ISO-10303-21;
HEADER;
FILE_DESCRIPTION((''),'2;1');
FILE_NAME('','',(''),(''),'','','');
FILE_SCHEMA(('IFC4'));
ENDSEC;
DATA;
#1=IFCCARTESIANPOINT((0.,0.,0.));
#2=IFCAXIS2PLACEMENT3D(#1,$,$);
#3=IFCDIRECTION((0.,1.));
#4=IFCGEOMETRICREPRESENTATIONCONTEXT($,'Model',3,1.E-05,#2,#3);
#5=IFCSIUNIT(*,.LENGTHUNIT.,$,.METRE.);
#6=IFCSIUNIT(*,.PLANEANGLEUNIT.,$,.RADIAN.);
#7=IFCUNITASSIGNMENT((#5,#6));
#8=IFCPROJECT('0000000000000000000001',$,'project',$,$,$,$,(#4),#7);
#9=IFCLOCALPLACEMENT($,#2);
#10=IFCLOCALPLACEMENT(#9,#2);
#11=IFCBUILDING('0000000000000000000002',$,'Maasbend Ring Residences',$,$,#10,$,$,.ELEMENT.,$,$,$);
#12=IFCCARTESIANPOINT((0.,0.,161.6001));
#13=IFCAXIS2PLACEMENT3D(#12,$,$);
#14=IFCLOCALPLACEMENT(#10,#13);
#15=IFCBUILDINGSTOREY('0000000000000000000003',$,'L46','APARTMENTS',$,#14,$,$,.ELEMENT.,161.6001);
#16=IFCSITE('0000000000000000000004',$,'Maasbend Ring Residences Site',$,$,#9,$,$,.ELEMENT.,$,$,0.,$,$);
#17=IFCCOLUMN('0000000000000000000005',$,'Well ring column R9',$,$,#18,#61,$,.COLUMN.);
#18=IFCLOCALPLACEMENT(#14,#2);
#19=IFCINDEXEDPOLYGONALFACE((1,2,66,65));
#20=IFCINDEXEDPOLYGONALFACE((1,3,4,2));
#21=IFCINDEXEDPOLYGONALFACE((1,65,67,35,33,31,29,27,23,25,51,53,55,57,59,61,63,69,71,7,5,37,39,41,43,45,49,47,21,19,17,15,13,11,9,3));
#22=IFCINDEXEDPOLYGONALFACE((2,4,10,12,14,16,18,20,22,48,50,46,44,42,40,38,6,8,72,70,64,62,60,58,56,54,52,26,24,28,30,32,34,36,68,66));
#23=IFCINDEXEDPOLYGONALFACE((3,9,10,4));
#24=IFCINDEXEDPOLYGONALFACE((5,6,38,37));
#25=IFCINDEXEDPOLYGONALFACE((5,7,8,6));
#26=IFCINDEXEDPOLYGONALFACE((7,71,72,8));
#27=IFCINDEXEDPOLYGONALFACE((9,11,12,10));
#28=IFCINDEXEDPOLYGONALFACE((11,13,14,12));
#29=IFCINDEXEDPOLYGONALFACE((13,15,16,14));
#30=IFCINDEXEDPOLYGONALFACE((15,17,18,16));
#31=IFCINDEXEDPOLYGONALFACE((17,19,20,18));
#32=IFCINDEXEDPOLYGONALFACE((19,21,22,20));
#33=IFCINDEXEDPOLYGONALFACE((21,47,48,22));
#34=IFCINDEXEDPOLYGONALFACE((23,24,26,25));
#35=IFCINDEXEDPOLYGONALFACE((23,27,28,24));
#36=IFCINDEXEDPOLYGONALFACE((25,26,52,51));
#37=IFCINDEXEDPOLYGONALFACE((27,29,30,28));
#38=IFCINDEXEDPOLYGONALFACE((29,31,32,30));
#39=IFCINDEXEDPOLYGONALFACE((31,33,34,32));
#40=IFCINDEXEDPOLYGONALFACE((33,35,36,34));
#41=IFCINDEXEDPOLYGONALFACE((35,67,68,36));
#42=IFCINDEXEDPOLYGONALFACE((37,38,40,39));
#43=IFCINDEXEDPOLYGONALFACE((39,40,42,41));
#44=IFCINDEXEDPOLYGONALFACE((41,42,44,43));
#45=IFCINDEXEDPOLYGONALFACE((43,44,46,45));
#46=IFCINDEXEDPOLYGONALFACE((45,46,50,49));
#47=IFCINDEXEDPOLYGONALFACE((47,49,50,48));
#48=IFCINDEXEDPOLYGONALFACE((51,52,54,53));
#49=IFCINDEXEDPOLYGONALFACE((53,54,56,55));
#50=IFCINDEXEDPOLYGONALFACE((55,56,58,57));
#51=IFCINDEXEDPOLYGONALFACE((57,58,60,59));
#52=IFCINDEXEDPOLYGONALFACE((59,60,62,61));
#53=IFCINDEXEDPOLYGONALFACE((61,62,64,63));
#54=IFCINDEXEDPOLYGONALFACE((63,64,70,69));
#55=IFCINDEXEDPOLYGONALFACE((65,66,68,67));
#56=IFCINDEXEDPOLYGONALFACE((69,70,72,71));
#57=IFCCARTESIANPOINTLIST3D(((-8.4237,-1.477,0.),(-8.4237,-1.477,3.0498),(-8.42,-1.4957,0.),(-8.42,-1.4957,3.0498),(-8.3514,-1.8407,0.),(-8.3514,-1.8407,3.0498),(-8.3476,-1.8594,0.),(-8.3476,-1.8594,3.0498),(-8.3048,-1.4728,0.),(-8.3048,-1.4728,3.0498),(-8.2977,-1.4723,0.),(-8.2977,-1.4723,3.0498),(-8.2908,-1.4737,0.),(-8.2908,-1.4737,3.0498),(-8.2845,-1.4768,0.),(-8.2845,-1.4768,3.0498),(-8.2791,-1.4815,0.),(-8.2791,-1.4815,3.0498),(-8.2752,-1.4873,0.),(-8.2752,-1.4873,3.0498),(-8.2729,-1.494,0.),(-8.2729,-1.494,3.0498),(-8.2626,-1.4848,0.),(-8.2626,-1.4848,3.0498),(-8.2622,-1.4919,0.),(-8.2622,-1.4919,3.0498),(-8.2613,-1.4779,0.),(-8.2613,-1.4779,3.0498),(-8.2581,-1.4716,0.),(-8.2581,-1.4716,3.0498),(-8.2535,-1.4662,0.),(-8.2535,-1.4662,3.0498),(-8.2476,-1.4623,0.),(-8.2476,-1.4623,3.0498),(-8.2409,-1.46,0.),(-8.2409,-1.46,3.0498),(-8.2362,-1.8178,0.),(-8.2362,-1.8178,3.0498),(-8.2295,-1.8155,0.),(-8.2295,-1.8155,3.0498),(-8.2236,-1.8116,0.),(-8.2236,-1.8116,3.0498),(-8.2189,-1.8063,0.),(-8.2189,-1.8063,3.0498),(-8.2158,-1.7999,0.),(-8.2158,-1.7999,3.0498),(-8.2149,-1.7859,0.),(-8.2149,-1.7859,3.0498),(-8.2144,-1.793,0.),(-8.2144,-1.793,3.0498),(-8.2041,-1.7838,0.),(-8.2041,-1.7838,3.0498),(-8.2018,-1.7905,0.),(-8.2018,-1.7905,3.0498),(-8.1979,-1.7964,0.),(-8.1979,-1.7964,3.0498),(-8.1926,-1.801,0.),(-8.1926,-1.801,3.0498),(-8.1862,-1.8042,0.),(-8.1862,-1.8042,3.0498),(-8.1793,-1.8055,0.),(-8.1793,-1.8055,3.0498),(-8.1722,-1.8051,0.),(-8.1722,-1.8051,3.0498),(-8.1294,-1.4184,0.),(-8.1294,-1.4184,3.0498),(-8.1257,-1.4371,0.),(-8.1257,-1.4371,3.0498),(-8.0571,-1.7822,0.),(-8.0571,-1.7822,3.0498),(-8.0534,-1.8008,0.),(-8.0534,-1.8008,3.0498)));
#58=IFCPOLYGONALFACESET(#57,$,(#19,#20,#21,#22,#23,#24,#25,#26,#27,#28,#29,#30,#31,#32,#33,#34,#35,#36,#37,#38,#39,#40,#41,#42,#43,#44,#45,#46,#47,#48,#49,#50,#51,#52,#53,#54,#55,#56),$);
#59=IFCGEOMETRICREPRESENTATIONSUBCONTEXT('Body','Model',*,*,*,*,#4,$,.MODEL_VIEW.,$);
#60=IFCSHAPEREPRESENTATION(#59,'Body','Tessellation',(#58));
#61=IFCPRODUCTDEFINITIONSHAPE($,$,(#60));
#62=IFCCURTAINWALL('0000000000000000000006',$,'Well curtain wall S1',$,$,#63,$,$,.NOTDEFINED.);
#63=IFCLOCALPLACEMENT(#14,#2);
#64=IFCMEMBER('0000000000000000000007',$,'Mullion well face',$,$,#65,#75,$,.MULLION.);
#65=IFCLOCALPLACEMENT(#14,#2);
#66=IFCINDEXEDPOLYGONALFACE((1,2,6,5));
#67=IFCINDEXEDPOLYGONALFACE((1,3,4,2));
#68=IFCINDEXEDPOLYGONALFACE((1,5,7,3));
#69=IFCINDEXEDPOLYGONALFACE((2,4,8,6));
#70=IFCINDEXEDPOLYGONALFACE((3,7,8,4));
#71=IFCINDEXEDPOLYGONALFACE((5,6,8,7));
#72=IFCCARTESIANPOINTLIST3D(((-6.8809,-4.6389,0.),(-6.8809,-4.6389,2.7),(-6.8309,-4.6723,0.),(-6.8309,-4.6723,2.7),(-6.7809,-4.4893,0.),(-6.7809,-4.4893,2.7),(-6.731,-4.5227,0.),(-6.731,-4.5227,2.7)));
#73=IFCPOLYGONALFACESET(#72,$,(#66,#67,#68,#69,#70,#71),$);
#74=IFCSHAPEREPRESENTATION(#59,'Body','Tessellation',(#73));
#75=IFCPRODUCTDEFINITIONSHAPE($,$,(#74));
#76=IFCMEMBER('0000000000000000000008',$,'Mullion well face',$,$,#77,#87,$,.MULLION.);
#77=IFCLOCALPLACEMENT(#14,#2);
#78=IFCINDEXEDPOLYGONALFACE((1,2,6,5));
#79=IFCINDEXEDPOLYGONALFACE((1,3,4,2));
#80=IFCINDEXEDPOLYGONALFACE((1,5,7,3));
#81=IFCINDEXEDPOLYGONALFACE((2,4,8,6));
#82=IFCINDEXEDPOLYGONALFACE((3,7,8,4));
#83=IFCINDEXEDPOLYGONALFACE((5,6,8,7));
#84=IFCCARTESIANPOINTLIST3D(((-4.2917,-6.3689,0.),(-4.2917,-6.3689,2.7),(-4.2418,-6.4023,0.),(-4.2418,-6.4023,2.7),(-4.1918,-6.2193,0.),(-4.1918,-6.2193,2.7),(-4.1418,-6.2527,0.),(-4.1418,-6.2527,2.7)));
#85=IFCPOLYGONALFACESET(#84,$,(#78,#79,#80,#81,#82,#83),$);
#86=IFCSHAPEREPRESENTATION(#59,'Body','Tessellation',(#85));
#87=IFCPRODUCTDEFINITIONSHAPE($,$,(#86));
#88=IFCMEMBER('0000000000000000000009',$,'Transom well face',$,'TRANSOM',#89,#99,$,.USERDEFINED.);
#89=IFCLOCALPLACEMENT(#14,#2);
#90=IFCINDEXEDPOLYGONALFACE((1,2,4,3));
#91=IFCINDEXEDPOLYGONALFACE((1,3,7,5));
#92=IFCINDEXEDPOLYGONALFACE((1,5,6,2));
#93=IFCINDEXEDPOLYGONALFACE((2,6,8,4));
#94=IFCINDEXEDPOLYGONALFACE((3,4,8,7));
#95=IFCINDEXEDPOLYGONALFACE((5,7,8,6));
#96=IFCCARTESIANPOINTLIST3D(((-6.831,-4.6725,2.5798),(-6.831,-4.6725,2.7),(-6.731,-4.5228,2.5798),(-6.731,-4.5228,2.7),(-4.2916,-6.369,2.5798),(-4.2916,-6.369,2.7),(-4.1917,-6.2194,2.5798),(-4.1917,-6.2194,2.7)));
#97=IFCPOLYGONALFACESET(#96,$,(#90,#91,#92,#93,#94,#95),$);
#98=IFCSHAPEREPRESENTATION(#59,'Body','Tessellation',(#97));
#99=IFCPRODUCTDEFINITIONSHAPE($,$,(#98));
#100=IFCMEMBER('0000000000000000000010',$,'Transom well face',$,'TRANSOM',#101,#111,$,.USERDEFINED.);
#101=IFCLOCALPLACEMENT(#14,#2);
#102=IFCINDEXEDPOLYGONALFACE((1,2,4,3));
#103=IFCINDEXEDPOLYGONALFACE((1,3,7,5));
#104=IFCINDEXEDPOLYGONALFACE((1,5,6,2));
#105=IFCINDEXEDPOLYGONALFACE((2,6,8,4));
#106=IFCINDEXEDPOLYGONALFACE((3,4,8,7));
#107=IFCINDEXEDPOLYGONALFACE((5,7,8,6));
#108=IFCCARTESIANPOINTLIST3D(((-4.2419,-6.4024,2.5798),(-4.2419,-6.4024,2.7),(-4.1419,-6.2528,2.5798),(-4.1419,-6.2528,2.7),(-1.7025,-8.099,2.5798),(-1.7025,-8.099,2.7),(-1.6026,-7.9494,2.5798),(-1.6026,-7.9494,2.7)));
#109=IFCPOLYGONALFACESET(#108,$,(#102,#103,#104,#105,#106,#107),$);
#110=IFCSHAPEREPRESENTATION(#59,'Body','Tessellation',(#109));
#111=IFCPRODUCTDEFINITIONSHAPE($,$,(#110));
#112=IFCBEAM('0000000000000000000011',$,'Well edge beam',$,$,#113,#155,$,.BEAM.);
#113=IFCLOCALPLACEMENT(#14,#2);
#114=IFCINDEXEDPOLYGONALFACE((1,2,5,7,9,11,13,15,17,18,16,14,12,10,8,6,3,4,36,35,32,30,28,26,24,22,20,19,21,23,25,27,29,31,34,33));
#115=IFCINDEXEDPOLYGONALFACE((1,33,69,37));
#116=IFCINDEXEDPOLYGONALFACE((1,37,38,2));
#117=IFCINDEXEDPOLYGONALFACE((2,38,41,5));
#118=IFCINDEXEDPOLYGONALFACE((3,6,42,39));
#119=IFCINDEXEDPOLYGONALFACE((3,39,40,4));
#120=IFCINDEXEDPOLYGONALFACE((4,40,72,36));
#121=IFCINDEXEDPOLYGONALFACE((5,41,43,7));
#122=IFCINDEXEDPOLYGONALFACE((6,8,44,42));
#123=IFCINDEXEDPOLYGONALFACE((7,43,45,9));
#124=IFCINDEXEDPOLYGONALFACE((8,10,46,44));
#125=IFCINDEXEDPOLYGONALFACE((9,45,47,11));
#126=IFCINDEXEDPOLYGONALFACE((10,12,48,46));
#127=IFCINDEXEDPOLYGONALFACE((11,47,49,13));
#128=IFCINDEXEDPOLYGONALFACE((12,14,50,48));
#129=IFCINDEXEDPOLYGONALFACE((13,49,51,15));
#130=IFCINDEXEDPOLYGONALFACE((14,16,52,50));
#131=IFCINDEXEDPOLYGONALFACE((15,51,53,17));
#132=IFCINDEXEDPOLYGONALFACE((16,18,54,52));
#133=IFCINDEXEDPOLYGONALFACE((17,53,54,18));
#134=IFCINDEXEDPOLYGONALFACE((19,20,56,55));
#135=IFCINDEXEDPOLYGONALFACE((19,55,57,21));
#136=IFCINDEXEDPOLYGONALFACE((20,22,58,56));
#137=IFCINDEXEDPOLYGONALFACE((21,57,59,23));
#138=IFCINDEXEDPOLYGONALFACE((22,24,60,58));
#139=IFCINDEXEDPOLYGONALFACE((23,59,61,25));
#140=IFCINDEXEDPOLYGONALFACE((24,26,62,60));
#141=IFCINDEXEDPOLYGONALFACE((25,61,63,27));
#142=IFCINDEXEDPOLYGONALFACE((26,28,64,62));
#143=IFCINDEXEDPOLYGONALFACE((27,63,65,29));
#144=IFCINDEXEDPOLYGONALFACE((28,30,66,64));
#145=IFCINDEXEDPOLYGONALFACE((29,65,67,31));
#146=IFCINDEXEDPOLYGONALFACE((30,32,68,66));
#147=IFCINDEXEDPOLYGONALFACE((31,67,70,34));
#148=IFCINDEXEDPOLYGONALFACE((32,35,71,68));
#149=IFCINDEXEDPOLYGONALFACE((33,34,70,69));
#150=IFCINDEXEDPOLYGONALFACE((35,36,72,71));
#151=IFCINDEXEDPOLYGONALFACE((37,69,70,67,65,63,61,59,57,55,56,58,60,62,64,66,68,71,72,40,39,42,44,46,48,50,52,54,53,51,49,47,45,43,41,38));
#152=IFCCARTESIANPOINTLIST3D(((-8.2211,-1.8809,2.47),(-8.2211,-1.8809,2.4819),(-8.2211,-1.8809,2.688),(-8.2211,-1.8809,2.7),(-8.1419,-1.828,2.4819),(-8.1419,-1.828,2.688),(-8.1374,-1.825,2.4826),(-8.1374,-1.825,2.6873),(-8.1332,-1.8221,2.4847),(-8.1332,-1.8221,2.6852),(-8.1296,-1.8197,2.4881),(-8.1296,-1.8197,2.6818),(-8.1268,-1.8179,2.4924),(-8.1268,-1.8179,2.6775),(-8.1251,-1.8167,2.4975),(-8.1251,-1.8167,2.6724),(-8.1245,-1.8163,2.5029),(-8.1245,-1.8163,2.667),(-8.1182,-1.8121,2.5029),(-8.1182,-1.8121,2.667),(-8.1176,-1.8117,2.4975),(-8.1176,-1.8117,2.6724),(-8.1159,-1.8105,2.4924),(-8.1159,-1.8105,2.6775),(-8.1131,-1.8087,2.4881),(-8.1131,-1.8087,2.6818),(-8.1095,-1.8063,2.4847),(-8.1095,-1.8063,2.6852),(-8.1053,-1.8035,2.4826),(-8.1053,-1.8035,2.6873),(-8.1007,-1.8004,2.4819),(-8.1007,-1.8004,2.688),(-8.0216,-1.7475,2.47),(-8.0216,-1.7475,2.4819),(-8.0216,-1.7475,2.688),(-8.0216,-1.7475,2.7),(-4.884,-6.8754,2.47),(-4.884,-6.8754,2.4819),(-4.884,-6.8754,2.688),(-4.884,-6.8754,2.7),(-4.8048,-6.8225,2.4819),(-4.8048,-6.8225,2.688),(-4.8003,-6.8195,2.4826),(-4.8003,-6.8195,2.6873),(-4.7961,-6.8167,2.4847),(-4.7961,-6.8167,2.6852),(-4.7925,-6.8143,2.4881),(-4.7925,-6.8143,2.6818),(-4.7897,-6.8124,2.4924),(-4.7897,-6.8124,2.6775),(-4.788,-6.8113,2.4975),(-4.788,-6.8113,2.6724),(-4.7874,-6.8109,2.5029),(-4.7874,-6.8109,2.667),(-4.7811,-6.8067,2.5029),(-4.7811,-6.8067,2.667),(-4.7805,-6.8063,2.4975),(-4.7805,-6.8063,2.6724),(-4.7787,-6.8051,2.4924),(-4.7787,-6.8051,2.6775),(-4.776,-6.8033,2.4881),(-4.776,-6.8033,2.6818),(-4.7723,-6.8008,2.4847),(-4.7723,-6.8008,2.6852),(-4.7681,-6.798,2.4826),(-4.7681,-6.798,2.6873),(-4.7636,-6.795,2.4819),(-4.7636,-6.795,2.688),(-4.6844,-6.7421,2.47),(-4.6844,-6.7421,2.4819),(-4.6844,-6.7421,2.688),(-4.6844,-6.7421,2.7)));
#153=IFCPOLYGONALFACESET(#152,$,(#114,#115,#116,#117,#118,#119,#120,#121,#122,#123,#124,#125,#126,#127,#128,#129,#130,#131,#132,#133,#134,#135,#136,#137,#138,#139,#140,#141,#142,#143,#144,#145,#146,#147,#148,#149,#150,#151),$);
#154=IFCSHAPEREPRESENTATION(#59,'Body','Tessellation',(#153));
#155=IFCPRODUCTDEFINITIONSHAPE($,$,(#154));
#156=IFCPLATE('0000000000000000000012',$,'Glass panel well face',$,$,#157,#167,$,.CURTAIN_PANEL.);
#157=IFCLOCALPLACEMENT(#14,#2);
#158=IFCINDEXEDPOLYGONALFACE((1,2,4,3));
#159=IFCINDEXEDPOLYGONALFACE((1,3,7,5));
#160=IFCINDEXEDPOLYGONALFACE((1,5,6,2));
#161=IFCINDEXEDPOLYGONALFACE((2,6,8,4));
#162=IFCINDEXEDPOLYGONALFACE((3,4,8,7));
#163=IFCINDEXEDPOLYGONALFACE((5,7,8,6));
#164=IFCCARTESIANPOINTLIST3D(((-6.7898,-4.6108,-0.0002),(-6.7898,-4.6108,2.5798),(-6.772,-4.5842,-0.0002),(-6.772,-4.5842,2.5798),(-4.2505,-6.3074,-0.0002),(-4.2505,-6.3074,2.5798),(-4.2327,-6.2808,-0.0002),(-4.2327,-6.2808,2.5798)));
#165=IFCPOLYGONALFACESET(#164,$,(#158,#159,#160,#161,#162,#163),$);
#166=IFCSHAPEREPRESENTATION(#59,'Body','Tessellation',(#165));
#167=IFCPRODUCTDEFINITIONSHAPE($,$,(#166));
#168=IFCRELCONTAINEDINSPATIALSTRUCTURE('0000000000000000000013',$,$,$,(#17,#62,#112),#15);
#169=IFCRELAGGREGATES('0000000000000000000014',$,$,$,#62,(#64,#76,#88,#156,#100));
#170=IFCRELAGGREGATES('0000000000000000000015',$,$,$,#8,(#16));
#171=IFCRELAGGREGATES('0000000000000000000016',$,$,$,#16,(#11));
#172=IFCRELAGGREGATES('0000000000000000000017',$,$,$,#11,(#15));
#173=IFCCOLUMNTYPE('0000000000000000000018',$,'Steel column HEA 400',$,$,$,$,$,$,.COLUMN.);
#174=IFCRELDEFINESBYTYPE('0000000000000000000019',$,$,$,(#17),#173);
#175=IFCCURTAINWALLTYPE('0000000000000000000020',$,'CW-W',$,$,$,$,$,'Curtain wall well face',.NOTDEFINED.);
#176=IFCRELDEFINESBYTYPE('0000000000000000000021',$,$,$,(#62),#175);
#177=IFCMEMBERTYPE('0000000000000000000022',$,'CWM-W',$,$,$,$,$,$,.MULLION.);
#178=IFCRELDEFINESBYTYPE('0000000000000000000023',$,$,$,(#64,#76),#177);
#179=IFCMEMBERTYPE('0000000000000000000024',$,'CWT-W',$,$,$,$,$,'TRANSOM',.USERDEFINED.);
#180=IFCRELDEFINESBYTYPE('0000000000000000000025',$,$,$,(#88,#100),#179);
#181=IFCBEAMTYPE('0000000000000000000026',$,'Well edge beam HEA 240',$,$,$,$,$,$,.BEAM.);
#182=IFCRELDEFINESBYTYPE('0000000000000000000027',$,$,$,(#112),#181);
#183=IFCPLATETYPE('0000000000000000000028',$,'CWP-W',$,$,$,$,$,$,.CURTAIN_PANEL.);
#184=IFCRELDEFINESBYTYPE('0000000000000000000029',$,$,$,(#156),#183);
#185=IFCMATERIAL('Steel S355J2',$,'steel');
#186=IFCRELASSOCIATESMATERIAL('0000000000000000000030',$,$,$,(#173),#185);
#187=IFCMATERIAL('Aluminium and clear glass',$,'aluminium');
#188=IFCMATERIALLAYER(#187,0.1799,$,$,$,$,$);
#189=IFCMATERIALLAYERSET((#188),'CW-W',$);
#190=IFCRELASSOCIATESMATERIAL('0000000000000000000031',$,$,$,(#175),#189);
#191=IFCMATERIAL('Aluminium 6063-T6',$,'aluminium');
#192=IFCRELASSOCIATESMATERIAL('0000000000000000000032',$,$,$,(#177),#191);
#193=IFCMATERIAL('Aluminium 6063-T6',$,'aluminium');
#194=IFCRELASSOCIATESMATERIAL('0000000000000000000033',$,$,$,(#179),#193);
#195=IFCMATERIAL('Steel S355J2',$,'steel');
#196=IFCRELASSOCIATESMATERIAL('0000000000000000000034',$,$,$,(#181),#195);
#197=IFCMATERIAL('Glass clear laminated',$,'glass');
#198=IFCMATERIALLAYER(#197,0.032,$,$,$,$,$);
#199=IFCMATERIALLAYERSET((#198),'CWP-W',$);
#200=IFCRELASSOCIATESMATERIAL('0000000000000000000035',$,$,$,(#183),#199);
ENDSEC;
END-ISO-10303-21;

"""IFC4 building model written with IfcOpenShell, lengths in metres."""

from ifc_helpers import new_model, si_unit, direction, frame, origin, origin_2d, place, context, subcontext, project, spatial, rectangle, i_section, extrude, material, layer, layer_set, material_profile, profile_set, type_object, element, aggregate, save


model = new_model("IFC4")

# Units and contexts
model_context = context("Model", 3, precision=1e-05, world=origin(), true_north=direction((0.0, 1.0)))
body_context = subcontext(model_context, "Body", "Model", "MODEL_VIEW")
ifc_project = project(units=[si_unit("LENGTHUNIT", "METRE"), si_unit("PLANEANGLEUNIT", "RADIAN")], contexts=[model_context])

# Site, building, storey
site_placement = place(None, origin())
site = spatial("IfcSite", under=ifc_project, at=site_placement, Name="Maasbend Ring Residences Site", CompositionType="ELEMENT", RefElevation=0.0)
building_placement = place(site_placement, origin())
building = spatial("IfcBuilding", under=site, at=building_placement, Name="Maasbend Ring Residences", CompositionType="ELEMENT")
storey_placement = place(building_placement, frame((0.0, 0.0, 161.6001)))
storey = spatial("IfcBuildingStorey", under=building, at=storey_placement, Name="L46", Description="APARTMENTS", CompositionType="ELEMENT", Elevation=161.6001)

# Column
ifc_material_1 = material(Name="Steel S355J2", Category="steel")
ifc_material_profile_1 = material_profile(ifc_material_1, i_section(OverallWidth=0.3, OverallDepth=0.3899, WebThickness=0.011, FlangeThickness=0.019, FilletRadius=0.0271, at=origin_2d()), Name="HEA 400")
ifc_profile_set_1 = profile_set([ifc_material_profile_1], Name="Steel S355J2")
column_type = type_object("IfcColumnType", Name="Steel column HEA 400", PredefinedType="COLUMN", material=ifc_profile_set_1)
column_placement = place(storey_placement, frame((-8.2385, -1.6389, 0.0), z_axis=(0.0, 0.0, 1.0), x_axis=(-0.980785, -0.19509, 0.0)))
element("IfcColumn", 1, at=column_placement, inside=storey, type_object=column_type, Name="Well ring column R9", PredefinedType="COLUMN", context=body_context, shape_type="SweptSolid", body=[
    extrude(i_section(OverallWidth=0.3, OverallDepth=0.3899, WebThickness=0.011, FlangeThickness=0.019, FilletRadius=0.0271, at=origin_2d()), origin(), (0.0, 0.0, 1.0), 3.0498),
])

# Curtain wall, members
ifc_material_2 = material(Name="Aluminium and clear glass", Category="aluminium")
ifc_layer_1 = layer(ifc_material_2, 0.1799)
ifc_layer_set_1 = layer_set([ifc_layer_1], Name="CW-W")
curtain_wall_type = type_object("IfcCurtainWallType", Name="CW-W", ElementType="Curtain wall well face", PredefinedType="NOTDEFINED", material=ifc_layer_set_1)
curtain_wall_placement = place(storey_placement, origin())
curtain_wall = element("IfcCurtainWall", 2, at=curtain_wall_placement, inside=storey, type_object=curtain_wall_type, Name="Well curtain wall S1", PredefinedType="NOTDEFINED")
ifc_material_3 = material(Name="Aluminium 6063-T6", Category="aluminium")
ifc_material_profile_2 = material_profile(ifc_material_3, rectangle(XDim=0.1799, YDim=0.0601, at=origin_2d()), Name="AL 180x60")
ifc_profile_set_2 = profile_set([ifc_material_profile_2], Name="Aluminium 6063-T6")
member_type_1 = type_object("IfcMemberType", Name="CWM-W", PredefinedType="MULLION", material=ifc_profile_set_2)
member_1_placement = place(storey_placement, frame((-6.8059, -4.5808, 0.0), z_axis=(0.0, 0.0, 1.0), x_axis=(0.55557, 0.83147, 0.0)))
member_1 = element("IfcMember", 3, at=member_1_placement, type_object=member_type_1, Name="Mullion well face", PredefinedType="MULLION", context=body_context, shape_type="SweptSolid", body=[
    extrude(rectangle(XDim=0.1799, YDim=0.0601, at=origin_2d()), origin(), (0.0, 0.0, 1.0), 2.7),
])
member_2_placement = place(storey_placement, frame((-4.2168, -6.3108, 0.0), z_axis=(0.0, 0.0, 1.0), x_axis=(0.55557, 0.83147, 0.0)))
member_2 = element("IfcMember", 4, at=member_2_placement, type_object=member_type_1, Name="Mullion well face", PredefinedType="MULLION", context=body_context, shape_type="SweptSolid", body=[
    extrude(rectangle(XDim=0.1799, YDim=0.0601, at=origin_2d()), origin(), (0.0, 0.0, 1.0), 2.7),
])
ifc_material_4 = material(Name="Aluminium 6063-T6", Category="aluminium")
ifc_material_profile_3 = material_profile(ifc_material_4, rectangle(XDim=0.1799, YDim=0.1201, at=origin_2d()), Name="AL 180x120")
ifc_profile_set_3 = profile_set([ifc_material_profile_3], Name="Aluminium 6063-T6")
member_type_2 = type_object("IfcMemberType", Name="CWT-W", ElementType="TRANSOM", PredefinedType="USERDEFINED", material=ifc_profile_set_3)
member_3_placement = place(storey_placement, frame((-6.781, -4.5977, 2.6399), z_axis=(0.831496, -0.55553, 0.0), x_axis=(0.55553, 0.831496, 0.0)))
member_3 = element("IfcMember", 5, at=member_3_placement, type_object=member_type_2, Name="Transom well face", ObjectType="TRANSOM", PredefinedType="USERDEFINED", context=body_context, shape_type="SweptSolid", body=[
    extrude(rectangle(XDim=0.1799, YDim=0.1201, at=origin_2d()), origin(), (0.0, 0.0, 1.0), 3.054),
])
member_4_placement = place(storey_placement, frame((-4.1919, -6.3276, 2.6399), z_axis=(0.831496, -0.55553, 0.0), x_axis=(0.55553, 0.831496, 0.0)))
member_4 = element("IfcMember", 6, at=member_4_placement, type_object=member_type_2, Name="Transom well face", ObjectType="TRANSOM", PredefinedType="USERDEFINED", context=body_context, shape_type="SweptSolid", body=[
    extrude(rectangle(XDim=0.1799, YDim=0.1201, at=origin_2d()), origin(), (0.0, 0.0, 1.0), 3.054),
])

# Beam
ifc_material_5 = material(Name="Steel S355J2", Category="steel")
ifc_material_profile_4 = material_profile(ifc_material_5, i_section(OverallWidth=0.24, OverallDepth=0.23, WebThickness=0.0076, FlangeThickness=0.012, FilletRadius=0.021, at=origin_2d()), Name="HEA 240")
ifc_profile_set_4 = profile_set([ifc_material_profile_4], Name="Steel S355J2")
beam_type = type_object("IfcBeamType", Name="Well edge beam HEA 240", PredefinedType="BEAM", material=ifc_profile_set_4)
beam_placement = place(storey_placement, frame((-8.1213, -1.8142, 2.585), z_axis=(0.555553, -0.831481, 0.0), x_axis=(0.831481, 0.555553, 0.0)))
element("IfcBeam", 7, at=beam_placement, inside=storey, type_object=beam_type, Name="Well edge beam", PredefinedType="BEAM", context=body_context, shape_type="SweptSolid", body=[
    extrude(i_section(OverallWidth=0.24, OverallDepth=0.23, WebThickness=0.0076, FlangeThickness=0.012, FilletRadius=0.021, at=origin_2d()), origin(), (0.0, 0.0, 1.0), 6.0068),
])

# Plate
ifc_material_6 = material(Name="Glass clear laminated", Category="glass")
ifc_layer_2 = layer(ifc_material_6, 0.032)
ifc_layer_set_2 = layer_set([ifc_layer_2], Name="CWP-W")
plate_type = type_object("IfcPlateType", Name="CWP-W", PredefinedType="CURTAIN_PANEL", material=ifc_layer_set_2)
plate_placement = place(storey_placement, frame((-5.5112, -5.4458, -0.0002), z_axis=(0.0, 0.0, 1.0), x_axis=(0.83147, -0.55557, 0.0)))
plate = element("IfcPlate", 8, at=plate_placement, type_object=plate_type, Name="Glass panel well face", PredefinedType="CURTAIN_PANEL", context=body_context, shape_type="SweptSolid", body=[
    extrude(rectangle(XDim=3.054, YDim=0.032, at=origin_2d()), origin(), (0.0, 0.0, 1.0), 2.5801),
])
aggregate(curtain_wall, [member_1, member_2, member_3, plate, member_4])

save(model, "model.ifc")
